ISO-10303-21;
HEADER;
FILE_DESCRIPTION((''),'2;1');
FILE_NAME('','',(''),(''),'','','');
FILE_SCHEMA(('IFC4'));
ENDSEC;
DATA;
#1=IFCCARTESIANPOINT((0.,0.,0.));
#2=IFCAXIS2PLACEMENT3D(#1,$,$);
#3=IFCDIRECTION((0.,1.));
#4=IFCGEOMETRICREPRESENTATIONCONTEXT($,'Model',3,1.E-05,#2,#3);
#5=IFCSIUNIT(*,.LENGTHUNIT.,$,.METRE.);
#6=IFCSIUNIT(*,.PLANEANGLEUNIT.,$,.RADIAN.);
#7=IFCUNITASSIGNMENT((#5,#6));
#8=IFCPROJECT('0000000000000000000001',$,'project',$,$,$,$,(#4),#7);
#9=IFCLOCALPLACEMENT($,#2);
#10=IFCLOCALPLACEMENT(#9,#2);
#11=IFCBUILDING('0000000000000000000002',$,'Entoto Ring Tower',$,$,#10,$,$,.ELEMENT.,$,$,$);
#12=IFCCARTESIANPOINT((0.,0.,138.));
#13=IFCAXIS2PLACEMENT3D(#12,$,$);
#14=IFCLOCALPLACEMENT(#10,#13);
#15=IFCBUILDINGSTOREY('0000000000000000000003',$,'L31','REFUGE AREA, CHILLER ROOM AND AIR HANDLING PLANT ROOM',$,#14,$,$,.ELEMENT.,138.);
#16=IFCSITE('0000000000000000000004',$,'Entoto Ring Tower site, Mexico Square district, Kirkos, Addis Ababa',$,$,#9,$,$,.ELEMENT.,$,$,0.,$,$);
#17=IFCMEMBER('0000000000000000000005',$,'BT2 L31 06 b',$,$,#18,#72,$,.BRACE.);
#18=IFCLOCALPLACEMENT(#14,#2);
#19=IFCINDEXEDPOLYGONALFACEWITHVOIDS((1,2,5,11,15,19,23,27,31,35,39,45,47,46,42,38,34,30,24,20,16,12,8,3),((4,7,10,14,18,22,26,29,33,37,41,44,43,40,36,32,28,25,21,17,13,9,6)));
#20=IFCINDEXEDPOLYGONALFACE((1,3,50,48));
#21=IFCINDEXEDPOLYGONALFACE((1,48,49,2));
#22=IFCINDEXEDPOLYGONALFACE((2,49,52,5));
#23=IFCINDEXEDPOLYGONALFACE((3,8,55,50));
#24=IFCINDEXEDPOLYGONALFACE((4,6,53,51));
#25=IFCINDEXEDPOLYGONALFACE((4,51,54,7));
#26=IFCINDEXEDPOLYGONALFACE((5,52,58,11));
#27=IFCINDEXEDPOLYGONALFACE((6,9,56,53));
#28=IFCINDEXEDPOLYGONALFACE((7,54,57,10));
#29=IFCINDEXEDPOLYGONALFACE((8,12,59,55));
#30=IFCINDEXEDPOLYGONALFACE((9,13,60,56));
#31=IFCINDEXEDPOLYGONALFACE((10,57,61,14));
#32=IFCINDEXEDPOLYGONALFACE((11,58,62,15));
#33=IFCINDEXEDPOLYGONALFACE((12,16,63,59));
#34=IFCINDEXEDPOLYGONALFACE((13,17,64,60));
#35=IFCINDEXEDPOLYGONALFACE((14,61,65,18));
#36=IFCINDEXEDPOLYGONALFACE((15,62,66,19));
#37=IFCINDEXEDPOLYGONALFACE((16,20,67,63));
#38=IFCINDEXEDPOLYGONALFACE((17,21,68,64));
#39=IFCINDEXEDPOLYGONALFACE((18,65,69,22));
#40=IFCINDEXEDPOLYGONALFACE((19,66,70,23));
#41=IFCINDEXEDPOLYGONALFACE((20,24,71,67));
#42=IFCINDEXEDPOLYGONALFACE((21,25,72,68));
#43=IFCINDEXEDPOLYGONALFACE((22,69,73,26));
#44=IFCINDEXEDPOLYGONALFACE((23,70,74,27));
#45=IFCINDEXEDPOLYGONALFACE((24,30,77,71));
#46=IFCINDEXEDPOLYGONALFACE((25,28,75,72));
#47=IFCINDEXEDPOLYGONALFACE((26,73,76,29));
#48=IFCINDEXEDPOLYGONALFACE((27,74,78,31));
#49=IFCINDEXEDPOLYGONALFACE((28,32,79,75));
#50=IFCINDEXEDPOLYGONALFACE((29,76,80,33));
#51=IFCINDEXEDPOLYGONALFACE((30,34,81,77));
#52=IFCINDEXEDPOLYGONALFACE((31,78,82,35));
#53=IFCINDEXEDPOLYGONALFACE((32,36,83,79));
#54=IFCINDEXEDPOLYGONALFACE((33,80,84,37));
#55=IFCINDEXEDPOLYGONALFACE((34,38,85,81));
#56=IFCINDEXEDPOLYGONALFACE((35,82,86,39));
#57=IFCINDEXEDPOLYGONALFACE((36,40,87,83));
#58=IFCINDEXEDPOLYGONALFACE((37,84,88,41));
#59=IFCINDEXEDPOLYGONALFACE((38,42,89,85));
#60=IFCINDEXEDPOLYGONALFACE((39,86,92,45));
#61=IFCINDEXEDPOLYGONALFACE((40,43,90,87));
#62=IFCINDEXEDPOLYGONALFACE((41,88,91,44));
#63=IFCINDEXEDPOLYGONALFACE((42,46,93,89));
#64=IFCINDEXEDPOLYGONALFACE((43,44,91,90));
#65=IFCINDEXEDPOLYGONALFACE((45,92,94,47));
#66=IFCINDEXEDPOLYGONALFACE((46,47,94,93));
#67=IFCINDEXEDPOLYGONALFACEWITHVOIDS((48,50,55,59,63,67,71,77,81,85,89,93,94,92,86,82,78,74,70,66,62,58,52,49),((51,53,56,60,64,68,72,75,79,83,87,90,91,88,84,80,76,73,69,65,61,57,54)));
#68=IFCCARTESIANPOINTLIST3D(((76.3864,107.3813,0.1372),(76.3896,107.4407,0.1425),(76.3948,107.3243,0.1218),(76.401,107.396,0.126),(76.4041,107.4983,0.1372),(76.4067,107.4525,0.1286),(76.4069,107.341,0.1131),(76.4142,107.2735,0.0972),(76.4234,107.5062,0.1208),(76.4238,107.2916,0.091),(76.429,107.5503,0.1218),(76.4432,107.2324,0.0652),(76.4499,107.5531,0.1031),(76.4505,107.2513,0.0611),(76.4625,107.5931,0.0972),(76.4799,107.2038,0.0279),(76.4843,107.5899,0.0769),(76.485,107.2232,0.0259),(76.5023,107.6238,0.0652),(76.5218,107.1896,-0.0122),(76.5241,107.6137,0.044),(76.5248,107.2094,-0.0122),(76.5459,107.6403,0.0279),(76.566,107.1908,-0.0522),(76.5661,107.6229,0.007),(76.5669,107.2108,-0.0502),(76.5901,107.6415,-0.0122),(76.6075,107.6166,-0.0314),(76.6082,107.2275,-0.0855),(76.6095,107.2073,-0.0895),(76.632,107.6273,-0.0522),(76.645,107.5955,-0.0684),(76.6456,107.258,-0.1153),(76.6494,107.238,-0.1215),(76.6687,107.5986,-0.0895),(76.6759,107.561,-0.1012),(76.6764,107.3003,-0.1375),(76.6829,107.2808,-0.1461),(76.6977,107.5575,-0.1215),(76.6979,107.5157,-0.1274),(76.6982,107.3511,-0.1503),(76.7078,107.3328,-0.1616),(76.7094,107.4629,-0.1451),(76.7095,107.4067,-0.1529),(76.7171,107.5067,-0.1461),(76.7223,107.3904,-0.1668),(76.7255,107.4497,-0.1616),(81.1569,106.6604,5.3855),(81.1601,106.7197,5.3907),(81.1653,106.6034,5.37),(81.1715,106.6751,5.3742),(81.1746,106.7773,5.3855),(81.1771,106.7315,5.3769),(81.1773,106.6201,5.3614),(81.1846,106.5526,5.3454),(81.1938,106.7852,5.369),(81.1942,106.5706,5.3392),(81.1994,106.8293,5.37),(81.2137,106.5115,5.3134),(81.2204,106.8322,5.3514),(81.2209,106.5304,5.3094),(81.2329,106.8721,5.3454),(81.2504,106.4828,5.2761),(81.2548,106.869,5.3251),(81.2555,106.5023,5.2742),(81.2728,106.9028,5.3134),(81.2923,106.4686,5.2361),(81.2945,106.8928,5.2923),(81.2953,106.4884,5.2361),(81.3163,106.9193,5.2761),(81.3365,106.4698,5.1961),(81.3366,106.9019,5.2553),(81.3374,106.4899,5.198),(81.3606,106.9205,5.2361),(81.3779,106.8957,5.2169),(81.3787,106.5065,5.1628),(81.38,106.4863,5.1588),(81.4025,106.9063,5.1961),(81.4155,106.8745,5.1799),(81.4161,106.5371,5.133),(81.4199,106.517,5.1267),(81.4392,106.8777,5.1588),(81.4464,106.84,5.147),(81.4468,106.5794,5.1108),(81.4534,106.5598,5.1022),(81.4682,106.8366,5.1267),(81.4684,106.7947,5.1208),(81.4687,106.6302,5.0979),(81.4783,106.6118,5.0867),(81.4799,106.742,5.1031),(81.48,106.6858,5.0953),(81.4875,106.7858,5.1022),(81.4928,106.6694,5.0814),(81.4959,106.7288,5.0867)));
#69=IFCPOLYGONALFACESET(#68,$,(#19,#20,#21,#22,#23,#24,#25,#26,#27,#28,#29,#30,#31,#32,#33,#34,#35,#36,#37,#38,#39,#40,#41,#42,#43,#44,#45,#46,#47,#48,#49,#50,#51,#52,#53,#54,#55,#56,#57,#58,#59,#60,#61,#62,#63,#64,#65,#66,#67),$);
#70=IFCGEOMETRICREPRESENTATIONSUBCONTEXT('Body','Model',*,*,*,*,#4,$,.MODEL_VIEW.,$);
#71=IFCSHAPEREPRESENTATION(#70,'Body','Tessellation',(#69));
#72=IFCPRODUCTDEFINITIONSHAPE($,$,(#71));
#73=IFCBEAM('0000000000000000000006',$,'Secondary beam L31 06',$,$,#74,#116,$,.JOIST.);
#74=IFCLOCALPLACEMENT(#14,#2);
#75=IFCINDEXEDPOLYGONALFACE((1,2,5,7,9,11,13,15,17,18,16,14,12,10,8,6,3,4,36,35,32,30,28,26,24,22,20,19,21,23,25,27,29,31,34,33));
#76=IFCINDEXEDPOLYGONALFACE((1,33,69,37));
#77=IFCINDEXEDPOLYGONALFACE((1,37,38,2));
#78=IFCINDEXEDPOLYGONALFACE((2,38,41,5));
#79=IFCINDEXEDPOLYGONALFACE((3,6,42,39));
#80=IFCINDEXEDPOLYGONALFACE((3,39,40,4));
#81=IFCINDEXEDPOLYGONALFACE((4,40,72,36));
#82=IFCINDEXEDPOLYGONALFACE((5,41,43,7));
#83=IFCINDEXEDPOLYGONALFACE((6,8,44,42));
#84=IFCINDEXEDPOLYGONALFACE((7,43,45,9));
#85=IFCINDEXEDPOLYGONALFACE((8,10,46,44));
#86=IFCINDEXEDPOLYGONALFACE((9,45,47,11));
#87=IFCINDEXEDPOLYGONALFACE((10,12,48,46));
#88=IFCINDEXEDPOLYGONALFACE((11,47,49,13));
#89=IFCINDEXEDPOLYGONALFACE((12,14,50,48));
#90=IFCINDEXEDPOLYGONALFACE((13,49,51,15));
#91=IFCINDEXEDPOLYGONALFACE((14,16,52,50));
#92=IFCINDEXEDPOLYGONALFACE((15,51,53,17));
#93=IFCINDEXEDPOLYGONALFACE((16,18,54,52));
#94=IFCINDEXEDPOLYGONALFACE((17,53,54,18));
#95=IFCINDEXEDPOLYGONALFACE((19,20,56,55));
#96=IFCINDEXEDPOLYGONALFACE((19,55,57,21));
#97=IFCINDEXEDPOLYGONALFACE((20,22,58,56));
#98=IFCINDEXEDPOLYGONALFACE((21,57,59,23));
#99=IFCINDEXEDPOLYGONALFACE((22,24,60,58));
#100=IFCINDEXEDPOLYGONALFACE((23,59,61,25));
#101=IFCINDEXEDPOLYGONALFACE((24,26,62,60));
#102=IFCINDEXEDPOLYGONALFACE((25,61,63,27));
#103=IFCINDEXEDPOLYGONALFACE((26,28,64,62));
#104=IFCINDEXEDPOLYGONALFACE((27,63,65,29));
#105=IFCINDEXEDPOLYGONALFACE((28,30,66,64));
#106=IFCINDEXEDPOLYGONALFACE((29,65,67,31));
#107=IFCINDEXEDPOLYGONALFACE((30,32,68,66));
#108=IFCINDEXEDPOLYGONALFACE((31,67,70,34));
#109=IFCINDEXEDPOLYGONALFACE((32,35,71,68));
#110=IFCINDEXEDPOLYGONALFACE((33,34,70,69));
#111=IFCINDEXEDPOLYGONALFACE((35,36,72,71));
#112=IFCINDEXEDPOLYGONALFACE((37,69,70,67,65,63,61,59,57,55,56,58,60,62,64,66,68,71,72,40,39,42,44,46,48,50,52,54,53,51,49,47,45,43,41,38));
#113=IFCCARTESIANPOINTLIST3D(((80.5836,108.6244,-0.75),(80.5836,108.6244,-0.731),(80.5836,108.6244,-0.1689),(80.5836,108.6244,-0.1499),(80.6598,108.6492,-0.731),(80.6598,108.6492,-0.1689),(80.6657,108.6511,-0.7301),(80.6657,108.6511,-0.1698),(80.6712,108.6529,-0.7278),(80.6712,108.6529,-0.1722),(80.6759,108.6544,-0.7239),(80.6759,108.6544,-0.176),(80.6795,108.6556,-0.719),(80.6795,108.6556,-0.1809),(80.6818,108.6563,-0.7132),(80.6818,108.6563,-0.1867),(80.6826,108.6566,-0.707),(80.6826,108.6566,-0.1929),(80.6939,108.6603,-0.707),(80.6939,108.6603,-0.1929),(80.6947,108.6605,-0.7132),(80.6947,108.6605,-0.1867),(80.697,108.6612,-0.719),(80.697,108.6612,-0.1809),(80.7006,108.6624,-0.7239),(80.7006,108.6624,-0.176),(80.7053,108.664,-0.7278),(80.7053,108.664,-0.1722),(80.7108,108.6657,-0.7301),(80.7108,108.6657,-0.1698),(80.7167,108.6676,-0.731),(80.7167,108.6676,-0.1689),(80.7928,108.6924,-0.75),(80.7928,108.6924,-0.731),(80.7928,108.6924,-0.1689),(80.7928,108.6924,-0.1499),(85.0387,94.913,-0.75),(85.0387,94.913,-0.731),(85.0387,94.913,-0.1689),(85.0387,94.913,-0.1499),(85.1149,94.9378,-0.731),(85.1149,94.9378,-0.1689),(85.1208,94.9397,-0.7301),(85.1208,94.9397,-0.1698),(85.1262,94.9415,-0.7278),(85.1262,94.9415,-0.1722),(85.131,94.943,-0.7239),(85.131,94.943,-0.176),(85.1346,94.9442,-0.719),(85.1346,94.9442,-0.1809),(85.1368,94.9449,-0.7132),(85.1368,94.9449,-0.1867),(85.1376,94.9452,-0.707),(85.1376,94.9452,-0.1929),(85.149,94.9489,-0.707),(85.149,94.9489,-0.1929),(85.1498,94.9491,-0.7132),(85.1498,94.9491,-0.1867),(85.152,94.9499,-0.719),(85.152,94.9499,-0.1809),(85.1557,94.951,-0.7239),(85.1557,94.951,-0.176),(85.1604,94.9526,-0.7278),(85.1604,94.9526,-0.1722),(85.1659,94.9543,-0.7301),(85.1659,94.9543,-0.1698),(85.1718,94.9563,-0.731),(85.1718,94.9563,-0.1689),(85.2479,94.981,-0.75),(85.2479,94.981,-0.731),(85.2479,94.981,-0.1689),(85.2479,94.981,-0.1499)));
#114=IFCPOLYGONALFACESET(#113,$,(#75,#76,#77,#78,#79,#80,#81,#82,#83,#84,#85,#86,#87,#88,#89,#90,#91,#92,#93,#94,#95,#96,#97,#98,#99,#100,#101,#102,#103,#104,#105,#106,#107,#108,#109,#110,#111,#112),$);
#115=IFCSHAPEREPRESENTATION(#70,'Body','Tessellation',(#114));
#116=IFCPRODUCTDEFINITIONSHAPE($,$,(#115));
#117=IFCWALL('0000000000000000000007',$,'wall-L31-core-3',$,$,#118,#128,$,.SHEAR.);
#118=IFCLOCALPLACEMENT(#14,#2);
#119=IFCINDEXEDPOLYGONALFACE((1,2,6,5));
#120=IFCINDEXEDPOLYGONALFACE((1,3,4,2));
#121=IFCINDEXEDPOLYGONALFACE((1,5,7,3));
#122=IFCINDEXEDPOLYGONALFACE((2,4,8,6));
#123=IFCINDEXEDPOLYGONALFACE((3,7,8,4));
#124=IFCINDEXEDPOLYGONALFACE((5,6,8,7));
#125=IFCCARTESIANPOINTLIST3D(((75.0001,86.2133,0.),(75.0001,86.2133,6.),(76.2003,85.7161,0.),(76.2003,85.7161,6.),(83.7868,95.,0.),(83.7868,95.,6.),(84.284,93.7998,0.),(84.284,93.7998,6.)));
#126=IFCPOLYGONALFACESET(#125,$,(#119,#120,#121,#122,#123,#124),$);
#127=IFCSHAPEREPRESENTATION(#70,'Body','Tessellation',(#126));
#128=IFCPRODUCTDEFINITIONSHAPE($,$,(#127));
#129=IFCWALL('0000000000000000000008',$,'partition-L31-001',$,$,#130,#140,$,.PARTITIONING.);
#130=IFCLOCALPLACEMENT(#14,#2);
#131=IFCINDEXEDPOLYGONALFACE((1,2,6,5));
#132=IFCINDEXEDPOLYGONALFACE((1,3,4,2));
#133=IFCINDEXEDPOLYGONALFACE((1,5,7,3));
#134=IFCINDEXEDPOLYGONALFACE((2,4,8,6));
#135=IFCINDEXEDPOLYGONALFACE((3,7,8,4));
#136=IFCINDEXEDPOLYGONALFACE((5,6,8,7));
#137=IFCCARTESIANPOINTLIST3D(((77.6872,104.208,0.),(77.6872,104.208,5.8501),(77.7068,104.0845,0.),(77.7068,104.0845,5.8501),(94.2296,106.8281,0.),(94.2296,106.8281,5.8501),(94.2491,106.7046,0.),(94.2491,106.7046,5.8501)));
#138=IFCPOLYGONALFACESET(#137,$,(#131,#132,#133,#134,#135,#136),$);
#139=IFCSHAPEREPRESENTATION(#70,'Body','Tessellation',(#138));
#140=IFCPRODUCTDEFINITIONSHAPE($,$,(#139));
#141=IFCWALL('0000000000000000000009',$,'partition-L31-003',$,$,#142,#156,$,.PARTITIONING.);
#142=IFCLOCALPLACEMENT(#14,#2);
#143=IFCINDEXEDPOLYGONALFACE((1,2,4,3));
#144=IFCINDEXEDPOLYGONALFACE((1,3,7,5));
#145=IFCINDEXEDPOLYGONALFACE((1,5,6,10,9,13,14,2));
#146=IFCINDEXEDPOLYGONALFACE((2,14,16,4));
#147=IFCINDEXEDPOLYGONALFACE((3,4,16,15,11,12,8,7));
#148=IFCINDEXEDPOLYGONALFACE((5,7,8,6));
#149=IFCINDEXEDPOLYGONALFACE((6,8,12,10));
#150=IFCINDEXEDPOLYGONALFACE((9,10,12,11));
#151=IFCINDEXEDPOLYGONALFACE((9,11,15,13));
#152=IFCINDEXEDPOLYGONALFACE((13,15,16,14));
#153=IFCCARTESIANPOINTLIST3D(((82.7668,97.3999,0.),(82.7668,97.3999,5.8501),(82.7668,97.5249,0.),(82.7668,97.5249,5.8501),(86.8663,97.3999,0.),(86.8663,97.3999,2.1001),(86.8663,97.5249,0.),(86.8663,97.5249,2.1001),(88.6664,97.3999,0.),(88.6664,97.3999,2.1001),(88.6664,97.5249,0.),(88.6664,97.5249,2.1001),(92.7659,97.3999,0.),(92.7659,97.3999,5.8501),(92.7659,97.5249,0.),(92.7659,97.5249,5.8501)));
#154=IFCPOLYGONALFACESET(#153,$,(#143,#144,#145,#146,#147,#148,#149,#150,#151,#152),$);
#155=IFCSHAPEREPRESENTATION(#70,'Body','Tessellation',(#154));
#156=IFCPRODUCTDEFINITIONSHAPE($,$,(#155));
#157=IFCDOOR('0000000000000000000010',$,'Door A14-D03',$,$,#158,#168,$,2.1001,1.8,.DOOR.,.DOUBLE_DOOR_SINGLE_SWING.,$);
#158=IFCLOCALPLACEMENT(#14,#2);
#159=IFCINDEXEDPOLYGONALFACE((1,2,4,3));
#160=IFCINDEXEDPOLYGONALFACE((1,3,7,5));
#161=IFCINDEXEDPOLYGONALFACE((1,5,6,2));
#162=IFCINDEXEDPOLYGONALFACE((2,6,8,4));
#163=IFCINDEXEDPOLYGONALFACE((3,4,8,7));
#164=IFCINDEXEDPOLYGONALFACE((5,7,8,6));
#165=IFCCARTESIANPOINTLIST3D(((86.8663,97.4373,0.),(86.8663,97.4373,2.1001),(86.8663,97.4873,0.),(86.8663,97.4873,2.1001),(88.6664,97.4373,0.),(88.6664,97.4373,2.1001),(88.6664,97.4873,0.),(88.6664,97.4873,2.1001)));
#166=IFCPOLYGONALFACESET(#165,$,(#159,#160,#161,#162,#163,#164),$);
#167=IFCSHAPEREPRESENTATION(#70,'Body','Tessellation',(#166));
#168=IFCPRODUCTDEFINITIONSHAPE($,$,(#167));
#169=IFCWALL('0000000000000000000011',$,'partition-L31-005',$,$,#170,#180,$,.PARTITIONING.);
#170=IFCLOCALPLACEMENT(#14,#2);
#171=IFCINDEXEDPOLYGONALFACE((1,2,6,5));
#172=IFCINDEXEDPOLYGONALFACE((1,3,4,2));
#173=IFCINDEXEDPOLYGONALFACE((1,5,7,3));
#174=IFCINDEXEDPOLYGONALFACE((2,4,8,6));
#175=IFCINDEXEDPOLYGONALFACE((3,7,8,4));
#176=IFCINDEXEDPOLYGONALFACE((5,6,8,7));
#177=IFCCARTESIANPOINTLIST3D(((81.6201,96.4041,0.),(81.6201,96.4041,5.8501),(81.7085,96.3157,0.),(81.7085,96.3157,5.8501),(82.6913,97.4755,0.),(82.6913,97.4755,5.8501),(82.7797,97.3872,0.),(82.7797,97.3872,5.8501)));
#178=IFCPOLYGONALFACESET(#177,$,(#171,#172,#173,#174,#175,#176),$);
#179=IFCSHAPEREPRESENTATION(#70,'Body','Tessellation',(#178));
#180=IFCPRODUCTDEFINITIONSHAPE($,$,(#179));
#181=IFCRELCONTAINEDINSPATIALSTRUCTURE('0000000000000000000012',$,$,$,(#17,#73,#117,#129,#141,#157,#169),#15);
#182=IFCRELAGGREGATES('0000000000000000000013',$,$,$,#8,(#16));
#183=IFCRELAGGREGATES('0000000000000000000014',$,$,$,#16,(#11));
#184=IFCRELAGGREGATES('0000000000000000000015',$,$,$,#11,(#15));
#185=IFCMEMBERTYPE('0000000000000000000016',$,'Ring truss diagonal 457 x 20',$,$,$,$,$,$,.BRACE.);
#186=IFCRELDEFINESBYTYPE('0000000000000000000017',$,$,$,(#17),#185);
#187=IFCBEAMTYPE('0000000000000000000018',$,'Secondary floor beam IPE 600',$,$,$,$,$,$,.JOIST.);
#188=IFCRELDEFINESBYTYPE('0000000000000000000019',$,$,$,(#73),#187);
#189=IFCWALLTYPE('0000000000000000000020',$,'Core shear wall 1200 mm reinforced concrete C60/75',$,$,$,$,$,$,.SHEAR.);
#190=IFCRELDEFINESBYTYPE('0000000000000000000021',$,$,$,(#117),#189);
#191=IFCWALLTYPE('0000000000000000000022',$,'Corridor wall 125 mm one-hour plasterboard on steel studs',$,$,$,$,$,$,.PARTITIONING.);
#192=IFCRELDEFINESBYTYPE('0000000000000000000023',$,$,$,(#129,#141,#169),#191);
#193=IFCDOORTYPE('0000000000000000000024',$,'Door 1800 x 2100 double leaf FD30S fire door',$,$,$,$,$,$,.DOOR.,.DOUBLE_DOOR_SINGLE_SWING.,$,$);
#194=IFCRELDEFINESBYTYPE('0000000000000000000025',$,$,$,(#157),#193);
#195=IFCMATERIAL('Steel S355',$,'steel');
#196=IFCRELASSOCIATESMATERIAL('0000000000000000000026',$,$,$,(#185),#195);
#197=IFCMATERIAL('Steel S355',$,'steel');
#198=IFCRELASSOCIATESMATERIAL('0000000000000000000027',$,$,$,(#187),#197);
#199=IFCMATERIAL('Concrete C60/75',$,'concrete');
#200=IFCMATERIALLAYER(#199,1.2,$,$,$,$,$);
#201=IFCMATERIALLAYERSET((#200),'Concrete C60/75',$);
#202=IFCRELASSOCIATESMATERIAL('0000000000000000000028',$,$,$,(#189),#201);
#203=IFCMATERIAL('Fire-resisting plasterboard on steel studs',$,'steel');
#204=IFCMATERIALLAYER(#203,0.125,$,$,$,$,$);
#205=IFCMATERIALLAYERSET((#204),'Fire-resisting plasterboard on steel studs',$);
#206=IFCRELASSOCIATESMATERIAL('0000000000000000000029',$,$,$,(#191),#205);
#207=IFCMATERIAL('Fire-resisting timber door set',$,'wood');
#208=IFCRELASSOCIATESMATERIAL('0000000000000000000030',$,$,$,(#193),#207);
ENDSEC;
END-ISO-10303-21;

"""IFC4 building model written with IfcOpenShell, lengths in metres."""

from ifc_helpers import new_model, si_unit, direction, frame, frame_2d, origin, origin_2d, place, context, subcontext, project, spatial, polyline, rectangle, circle, hollow_circle, i_section, outline, extrude, material, layer, layer_set, material_profile, profile_set, type_object, element, fill, save


model = new_model("IFC4")

# Units and contexts
model_context = context("Model", 3, precision=1e-05, world=origin(), true_north=direction((0.0, 1.0)))
body_context = subcontext(model_context, "Body", "Model", "MODEL_VIEW")
ifc_project = project(units=[si_unit("LENGTHUNIT", "METRE"), si_unit("PLANEANGLEUNIT", "RADIAN")], contexts=[model_context])

# Site, building, storey
site_placement = place(None, origin())
site = spatial("IfcSite", under=ifc_project, at=site_placement, Name="Entoto Ring Tower site, Mexico Square district, Kirkos, Addis Ababa", CompositionType="ELEMENT", RefElevation=0.0)
building_placement = place(site_placement, origin())
building = spatial("IfcBuilding", under=site, at=building_placement, Name="Entoto Ring Tower", CompositionType="ELEMENT")
storey_placement = place(building_placement, frame((0.0, 0.0, 138.0)))
storey = spatial("IfcBuildingStorey", under=building, at=storey_placement, Name="L31", Description="REFUGE AREA, CHILLER ROOM AND AIR HANDLING PLANT ROOM", CompositionType="ELEMENT", Elevation=138.0)

# Member
ifc_material_1 = material(Name="Steel S355", Category="steel")
ifc_material_profile_1 = material_profile(ifc_material_1, hollow_circle(Radius=0.2285, WallThickness=0.02, at=origin_2d()), Name="CHS 457 x 20")
ifc_material_2 = material(Name="Concrete C60/75", Category="concrete")
ifc_material_profile_2 = material_profile(ifc_material_2, circle(Radius=0.2085, at=origin_2d()), Name="Concrete C60/75 infill")
ifc_profile_set_1 = profile_set([ifc_material_profile_1, ifc_material_profile_2], Name="Steel S355")
member_type_1 = type_object("IfcMemberType", Name="Ring truss diagonal 457 x 20", PredefinedType="BRACE", material=ifc_profile_set_1)
for number, where, z_axis, x_axis, name in (
    (1, (81.3264, 106.6946, 5.2361), (-0.669173, 0.101129, -0.736193), (-0.149429, -0.988772, 0.0), "BT2 L31 06 b"),
):
    element("IfcMember", number, at=place(storey_placement, frame(where, z_axis=z_axis, x_axis=x_axis)), inside=storey, type_object=member_type_1, Name=name, PredefinedType="BRACE", context=body_context, shape_type="SweptSolid", body=[
        extrude(hollow_circle(Radius=0.2285, WallThickness=0.02, at=origin_2d()), origin(), (0.0, 0.0, 1.0), 7.1289),
    ])

# Beam
ifc_material_3 = material(Name="Steel S355", Category="steel")
ifc_material_profile_3 = material_profile(ifc_material_3, i_section(OverallWidth=0.22, OverallDepth=0.6001, WebThickness=0.012, FlangeThickness=0.019, FilletRadius=0.0239, at=origin_2d()), Name="IPE 600")
ifc_profile_set_2 = profile_set([ifc_material_profile_3], Name="Steel S355")
beam_type_1 = type_object("IfcBeamType", Name="Secondary floor beam IPE 600", PredefinedType="JOIST", material=ifc_profile_set_2)
beam_1_placement = place(storey_placement, frame((85.1433, 94.947, -0.45), z_axis=(-0.309015, 0.951057, 0.0), x_axis=(-0.951057, -0.309015, 0.0)))
element("IfcBeam", 2, at=beam_1_placement, inside=storey, type_object=beam_type_1, Name="Secondary beam L31 06", PredefinedType="JOIST", context=body_context, shape_type="SweptSolid", body=[
    extrude(i_section(OverallWidth=0.22, OverallDepth=0.6001, WebThickness=0.012, FlangeThickness=0.019, FilletRadius=0.0239, at=origin_2d()), origin(), (0.0, 0.0, 1.0), 14.417),
])

# Walls
ifc_material_4 = material(Name="Concrete C60/75", Category="concrete")
ifc_layer_1 = layer(ifc_material_4, 1.2)
ifc_layer_set_1 = layer_set([ifc_layer_1], Name="Concrete C60/75")
wall_type_1 = type_object("IfcWallType", Name="Core shear wall 1200 mm reinforced concrete C60/75", PredefinedType="SHEAR", material=ifc_layer_set_1)
wall_1_placement = place(storey_placement, frame((84.0354, 94.3999, 0.0), z_axis=(0.0, 0.0, 1.0), x_axis=(-0.707107, -0.707107, 0.0)))
element("IfcWall", 3, at=wall_1_placement, inside=storey, type_object=wall_type_1, Name="wall-L31-core-3", PredefinedType="SHEAR", context=body_context, shape_type="SweptSolid", body=[
    extrude(outline(polyline([(-0.2485, -0.6001), (12.1777, -0.6001), (11.6807, 0.6001), (0.2485, 0.6001), (-0.2485, -0.6001)])), origin(), (0.0, 0.0, 1.0), 6.0),
])
ifc_material_5 = material(Name="Fire-resisting plasterboard on steel studs", Category="steel")
ifc_layer_2 = layer(ifc_material_5, 0.125)
ifc_layer_set_2 = layer_set([ifc_layer_2], Name="Fire-resisting plasterboard on steel studs")
wall_type_2 = type_object("IfcWallType", Name="Corridor wall 125 mm one-hour plasterboard on steel studs", PredefinedType="PARTITIONING", material=ifc_layer_set_2)
wall_2_placement = place(storey_placement, frame((77.697, 104.1462, 0.0), z_axis=(0.0, 0.0, 1.0), x_axis=(0.987688, 0.156439, 0.0)))
element("IfcWall", 4, at=wall_2_placement, inside=storey, type_object=wall_type_2, Name="partition-L31-001", PredefinedType="PARTITIONING", context=body_context, shape_type="SweptSolid", body=[
    extrude(rectangle(XDim=16.7485, YDim=0.125, at=frame_2d((8.3743, 0.0))), origin(), (0.0, 0.0, 1.0), 5.8501),
])

# Wall, opening, door
wall_3_placement = place(storey_placement, frame((82.7668, 97.4624, 0.0), z_axis=(0.0, 0.0, 1.0), x_axis=(1.0, 0.0, 0.0)))
wall_3 = element("IfcWall", 5, at=wall_3_placement, inside=storey, type_object=wall_type_2, Name="partition-L31-003", PredefinedType="PARTITIONING", context=body_context, shape_type="SweptSolid", body=[
    extrude(rectangle(XDim=9.999, YDim=0.125, at=frame_2d((4.9995, 0.0))), origin(), (0.0, 0.0, 1.0), 5.8501),
])
opening_placement = place(wall_3_placement, frame((4.0996, 0.0, 0.0)))
opening = element("IfcOpeningElement", 6, at=opening_placement, cuts=wall_3, PredefinedType="OPENING", context=body_context, shape_type="SweptSolid", body=[
    extrude(rectangle(XDim=1.8, YDim=2.1001, at=frame_2d((0.8999, 1.05))), frame((0.0, 0.0725, 0.0), z_axis=(0.0, -1.0, 0.0), x_axis=(1.0, 0.0, 0.0)), (0.0, 0.0, 1.0), 0.145),
])
ifc_material_6 = material(Name="Fire-resisting timber door set", Category="wood")
door_type = type_object("IfcDoorType", Name="Door 1800 x 2100 double leaf FD30S fire door", OperationType="DOUBLE_DOOR_SINGLE_SWING", PredefinedType="DOOR", material=ifc_material_6)
door_placement = place(opening_placement, origin())
door = element("IfcDoor", 7, at=door_placement, inside=storey, type_object=door_type, Name="Door A14-D03", OperationType="DOUBLE_DOOR_SINGLE_SWING", OverallHeight=2.1001, OverallWidth=1.8, PredefinedType="DOOR", context=body_context, shape_type="SweptSolid", body=[
    extrude(rectangle(XDim=1.8, YDim=2.1001, at=frame_2d((0.8999, 1.05))), frame((0.0, 0.0249, 0.0), z_axis=(0.0, -1.0, 0.0), x_axis=(1.0, 0.0, 0.0)), (0.0, 0.0, 1.0), 0.05),
])
fill(opening, door)

# Wall
wall_4_placement = place(storey_placement, frame((81.6643, 96.3599, 0.0), z_axis=(0.0, 0.0, 1.0), x_axis=(0.707026, 0.707187, 0.0)))
element("IfcWall", 8, at=wall_4_placement, inside=storey, type_object=wall_type_2, Name="partition-L31-005", PredefinedType="PARTITIONING", context=body_context, shape_type="SweptSolid", body=[
    extrude(rectangle(XDim=1.5151, YDim=0.125, at=frame_2d((0.7576, 0.0))), origin(), (0.0, 0.0, 1.0), 5.8501),
])

save(model, "model.ifc")
